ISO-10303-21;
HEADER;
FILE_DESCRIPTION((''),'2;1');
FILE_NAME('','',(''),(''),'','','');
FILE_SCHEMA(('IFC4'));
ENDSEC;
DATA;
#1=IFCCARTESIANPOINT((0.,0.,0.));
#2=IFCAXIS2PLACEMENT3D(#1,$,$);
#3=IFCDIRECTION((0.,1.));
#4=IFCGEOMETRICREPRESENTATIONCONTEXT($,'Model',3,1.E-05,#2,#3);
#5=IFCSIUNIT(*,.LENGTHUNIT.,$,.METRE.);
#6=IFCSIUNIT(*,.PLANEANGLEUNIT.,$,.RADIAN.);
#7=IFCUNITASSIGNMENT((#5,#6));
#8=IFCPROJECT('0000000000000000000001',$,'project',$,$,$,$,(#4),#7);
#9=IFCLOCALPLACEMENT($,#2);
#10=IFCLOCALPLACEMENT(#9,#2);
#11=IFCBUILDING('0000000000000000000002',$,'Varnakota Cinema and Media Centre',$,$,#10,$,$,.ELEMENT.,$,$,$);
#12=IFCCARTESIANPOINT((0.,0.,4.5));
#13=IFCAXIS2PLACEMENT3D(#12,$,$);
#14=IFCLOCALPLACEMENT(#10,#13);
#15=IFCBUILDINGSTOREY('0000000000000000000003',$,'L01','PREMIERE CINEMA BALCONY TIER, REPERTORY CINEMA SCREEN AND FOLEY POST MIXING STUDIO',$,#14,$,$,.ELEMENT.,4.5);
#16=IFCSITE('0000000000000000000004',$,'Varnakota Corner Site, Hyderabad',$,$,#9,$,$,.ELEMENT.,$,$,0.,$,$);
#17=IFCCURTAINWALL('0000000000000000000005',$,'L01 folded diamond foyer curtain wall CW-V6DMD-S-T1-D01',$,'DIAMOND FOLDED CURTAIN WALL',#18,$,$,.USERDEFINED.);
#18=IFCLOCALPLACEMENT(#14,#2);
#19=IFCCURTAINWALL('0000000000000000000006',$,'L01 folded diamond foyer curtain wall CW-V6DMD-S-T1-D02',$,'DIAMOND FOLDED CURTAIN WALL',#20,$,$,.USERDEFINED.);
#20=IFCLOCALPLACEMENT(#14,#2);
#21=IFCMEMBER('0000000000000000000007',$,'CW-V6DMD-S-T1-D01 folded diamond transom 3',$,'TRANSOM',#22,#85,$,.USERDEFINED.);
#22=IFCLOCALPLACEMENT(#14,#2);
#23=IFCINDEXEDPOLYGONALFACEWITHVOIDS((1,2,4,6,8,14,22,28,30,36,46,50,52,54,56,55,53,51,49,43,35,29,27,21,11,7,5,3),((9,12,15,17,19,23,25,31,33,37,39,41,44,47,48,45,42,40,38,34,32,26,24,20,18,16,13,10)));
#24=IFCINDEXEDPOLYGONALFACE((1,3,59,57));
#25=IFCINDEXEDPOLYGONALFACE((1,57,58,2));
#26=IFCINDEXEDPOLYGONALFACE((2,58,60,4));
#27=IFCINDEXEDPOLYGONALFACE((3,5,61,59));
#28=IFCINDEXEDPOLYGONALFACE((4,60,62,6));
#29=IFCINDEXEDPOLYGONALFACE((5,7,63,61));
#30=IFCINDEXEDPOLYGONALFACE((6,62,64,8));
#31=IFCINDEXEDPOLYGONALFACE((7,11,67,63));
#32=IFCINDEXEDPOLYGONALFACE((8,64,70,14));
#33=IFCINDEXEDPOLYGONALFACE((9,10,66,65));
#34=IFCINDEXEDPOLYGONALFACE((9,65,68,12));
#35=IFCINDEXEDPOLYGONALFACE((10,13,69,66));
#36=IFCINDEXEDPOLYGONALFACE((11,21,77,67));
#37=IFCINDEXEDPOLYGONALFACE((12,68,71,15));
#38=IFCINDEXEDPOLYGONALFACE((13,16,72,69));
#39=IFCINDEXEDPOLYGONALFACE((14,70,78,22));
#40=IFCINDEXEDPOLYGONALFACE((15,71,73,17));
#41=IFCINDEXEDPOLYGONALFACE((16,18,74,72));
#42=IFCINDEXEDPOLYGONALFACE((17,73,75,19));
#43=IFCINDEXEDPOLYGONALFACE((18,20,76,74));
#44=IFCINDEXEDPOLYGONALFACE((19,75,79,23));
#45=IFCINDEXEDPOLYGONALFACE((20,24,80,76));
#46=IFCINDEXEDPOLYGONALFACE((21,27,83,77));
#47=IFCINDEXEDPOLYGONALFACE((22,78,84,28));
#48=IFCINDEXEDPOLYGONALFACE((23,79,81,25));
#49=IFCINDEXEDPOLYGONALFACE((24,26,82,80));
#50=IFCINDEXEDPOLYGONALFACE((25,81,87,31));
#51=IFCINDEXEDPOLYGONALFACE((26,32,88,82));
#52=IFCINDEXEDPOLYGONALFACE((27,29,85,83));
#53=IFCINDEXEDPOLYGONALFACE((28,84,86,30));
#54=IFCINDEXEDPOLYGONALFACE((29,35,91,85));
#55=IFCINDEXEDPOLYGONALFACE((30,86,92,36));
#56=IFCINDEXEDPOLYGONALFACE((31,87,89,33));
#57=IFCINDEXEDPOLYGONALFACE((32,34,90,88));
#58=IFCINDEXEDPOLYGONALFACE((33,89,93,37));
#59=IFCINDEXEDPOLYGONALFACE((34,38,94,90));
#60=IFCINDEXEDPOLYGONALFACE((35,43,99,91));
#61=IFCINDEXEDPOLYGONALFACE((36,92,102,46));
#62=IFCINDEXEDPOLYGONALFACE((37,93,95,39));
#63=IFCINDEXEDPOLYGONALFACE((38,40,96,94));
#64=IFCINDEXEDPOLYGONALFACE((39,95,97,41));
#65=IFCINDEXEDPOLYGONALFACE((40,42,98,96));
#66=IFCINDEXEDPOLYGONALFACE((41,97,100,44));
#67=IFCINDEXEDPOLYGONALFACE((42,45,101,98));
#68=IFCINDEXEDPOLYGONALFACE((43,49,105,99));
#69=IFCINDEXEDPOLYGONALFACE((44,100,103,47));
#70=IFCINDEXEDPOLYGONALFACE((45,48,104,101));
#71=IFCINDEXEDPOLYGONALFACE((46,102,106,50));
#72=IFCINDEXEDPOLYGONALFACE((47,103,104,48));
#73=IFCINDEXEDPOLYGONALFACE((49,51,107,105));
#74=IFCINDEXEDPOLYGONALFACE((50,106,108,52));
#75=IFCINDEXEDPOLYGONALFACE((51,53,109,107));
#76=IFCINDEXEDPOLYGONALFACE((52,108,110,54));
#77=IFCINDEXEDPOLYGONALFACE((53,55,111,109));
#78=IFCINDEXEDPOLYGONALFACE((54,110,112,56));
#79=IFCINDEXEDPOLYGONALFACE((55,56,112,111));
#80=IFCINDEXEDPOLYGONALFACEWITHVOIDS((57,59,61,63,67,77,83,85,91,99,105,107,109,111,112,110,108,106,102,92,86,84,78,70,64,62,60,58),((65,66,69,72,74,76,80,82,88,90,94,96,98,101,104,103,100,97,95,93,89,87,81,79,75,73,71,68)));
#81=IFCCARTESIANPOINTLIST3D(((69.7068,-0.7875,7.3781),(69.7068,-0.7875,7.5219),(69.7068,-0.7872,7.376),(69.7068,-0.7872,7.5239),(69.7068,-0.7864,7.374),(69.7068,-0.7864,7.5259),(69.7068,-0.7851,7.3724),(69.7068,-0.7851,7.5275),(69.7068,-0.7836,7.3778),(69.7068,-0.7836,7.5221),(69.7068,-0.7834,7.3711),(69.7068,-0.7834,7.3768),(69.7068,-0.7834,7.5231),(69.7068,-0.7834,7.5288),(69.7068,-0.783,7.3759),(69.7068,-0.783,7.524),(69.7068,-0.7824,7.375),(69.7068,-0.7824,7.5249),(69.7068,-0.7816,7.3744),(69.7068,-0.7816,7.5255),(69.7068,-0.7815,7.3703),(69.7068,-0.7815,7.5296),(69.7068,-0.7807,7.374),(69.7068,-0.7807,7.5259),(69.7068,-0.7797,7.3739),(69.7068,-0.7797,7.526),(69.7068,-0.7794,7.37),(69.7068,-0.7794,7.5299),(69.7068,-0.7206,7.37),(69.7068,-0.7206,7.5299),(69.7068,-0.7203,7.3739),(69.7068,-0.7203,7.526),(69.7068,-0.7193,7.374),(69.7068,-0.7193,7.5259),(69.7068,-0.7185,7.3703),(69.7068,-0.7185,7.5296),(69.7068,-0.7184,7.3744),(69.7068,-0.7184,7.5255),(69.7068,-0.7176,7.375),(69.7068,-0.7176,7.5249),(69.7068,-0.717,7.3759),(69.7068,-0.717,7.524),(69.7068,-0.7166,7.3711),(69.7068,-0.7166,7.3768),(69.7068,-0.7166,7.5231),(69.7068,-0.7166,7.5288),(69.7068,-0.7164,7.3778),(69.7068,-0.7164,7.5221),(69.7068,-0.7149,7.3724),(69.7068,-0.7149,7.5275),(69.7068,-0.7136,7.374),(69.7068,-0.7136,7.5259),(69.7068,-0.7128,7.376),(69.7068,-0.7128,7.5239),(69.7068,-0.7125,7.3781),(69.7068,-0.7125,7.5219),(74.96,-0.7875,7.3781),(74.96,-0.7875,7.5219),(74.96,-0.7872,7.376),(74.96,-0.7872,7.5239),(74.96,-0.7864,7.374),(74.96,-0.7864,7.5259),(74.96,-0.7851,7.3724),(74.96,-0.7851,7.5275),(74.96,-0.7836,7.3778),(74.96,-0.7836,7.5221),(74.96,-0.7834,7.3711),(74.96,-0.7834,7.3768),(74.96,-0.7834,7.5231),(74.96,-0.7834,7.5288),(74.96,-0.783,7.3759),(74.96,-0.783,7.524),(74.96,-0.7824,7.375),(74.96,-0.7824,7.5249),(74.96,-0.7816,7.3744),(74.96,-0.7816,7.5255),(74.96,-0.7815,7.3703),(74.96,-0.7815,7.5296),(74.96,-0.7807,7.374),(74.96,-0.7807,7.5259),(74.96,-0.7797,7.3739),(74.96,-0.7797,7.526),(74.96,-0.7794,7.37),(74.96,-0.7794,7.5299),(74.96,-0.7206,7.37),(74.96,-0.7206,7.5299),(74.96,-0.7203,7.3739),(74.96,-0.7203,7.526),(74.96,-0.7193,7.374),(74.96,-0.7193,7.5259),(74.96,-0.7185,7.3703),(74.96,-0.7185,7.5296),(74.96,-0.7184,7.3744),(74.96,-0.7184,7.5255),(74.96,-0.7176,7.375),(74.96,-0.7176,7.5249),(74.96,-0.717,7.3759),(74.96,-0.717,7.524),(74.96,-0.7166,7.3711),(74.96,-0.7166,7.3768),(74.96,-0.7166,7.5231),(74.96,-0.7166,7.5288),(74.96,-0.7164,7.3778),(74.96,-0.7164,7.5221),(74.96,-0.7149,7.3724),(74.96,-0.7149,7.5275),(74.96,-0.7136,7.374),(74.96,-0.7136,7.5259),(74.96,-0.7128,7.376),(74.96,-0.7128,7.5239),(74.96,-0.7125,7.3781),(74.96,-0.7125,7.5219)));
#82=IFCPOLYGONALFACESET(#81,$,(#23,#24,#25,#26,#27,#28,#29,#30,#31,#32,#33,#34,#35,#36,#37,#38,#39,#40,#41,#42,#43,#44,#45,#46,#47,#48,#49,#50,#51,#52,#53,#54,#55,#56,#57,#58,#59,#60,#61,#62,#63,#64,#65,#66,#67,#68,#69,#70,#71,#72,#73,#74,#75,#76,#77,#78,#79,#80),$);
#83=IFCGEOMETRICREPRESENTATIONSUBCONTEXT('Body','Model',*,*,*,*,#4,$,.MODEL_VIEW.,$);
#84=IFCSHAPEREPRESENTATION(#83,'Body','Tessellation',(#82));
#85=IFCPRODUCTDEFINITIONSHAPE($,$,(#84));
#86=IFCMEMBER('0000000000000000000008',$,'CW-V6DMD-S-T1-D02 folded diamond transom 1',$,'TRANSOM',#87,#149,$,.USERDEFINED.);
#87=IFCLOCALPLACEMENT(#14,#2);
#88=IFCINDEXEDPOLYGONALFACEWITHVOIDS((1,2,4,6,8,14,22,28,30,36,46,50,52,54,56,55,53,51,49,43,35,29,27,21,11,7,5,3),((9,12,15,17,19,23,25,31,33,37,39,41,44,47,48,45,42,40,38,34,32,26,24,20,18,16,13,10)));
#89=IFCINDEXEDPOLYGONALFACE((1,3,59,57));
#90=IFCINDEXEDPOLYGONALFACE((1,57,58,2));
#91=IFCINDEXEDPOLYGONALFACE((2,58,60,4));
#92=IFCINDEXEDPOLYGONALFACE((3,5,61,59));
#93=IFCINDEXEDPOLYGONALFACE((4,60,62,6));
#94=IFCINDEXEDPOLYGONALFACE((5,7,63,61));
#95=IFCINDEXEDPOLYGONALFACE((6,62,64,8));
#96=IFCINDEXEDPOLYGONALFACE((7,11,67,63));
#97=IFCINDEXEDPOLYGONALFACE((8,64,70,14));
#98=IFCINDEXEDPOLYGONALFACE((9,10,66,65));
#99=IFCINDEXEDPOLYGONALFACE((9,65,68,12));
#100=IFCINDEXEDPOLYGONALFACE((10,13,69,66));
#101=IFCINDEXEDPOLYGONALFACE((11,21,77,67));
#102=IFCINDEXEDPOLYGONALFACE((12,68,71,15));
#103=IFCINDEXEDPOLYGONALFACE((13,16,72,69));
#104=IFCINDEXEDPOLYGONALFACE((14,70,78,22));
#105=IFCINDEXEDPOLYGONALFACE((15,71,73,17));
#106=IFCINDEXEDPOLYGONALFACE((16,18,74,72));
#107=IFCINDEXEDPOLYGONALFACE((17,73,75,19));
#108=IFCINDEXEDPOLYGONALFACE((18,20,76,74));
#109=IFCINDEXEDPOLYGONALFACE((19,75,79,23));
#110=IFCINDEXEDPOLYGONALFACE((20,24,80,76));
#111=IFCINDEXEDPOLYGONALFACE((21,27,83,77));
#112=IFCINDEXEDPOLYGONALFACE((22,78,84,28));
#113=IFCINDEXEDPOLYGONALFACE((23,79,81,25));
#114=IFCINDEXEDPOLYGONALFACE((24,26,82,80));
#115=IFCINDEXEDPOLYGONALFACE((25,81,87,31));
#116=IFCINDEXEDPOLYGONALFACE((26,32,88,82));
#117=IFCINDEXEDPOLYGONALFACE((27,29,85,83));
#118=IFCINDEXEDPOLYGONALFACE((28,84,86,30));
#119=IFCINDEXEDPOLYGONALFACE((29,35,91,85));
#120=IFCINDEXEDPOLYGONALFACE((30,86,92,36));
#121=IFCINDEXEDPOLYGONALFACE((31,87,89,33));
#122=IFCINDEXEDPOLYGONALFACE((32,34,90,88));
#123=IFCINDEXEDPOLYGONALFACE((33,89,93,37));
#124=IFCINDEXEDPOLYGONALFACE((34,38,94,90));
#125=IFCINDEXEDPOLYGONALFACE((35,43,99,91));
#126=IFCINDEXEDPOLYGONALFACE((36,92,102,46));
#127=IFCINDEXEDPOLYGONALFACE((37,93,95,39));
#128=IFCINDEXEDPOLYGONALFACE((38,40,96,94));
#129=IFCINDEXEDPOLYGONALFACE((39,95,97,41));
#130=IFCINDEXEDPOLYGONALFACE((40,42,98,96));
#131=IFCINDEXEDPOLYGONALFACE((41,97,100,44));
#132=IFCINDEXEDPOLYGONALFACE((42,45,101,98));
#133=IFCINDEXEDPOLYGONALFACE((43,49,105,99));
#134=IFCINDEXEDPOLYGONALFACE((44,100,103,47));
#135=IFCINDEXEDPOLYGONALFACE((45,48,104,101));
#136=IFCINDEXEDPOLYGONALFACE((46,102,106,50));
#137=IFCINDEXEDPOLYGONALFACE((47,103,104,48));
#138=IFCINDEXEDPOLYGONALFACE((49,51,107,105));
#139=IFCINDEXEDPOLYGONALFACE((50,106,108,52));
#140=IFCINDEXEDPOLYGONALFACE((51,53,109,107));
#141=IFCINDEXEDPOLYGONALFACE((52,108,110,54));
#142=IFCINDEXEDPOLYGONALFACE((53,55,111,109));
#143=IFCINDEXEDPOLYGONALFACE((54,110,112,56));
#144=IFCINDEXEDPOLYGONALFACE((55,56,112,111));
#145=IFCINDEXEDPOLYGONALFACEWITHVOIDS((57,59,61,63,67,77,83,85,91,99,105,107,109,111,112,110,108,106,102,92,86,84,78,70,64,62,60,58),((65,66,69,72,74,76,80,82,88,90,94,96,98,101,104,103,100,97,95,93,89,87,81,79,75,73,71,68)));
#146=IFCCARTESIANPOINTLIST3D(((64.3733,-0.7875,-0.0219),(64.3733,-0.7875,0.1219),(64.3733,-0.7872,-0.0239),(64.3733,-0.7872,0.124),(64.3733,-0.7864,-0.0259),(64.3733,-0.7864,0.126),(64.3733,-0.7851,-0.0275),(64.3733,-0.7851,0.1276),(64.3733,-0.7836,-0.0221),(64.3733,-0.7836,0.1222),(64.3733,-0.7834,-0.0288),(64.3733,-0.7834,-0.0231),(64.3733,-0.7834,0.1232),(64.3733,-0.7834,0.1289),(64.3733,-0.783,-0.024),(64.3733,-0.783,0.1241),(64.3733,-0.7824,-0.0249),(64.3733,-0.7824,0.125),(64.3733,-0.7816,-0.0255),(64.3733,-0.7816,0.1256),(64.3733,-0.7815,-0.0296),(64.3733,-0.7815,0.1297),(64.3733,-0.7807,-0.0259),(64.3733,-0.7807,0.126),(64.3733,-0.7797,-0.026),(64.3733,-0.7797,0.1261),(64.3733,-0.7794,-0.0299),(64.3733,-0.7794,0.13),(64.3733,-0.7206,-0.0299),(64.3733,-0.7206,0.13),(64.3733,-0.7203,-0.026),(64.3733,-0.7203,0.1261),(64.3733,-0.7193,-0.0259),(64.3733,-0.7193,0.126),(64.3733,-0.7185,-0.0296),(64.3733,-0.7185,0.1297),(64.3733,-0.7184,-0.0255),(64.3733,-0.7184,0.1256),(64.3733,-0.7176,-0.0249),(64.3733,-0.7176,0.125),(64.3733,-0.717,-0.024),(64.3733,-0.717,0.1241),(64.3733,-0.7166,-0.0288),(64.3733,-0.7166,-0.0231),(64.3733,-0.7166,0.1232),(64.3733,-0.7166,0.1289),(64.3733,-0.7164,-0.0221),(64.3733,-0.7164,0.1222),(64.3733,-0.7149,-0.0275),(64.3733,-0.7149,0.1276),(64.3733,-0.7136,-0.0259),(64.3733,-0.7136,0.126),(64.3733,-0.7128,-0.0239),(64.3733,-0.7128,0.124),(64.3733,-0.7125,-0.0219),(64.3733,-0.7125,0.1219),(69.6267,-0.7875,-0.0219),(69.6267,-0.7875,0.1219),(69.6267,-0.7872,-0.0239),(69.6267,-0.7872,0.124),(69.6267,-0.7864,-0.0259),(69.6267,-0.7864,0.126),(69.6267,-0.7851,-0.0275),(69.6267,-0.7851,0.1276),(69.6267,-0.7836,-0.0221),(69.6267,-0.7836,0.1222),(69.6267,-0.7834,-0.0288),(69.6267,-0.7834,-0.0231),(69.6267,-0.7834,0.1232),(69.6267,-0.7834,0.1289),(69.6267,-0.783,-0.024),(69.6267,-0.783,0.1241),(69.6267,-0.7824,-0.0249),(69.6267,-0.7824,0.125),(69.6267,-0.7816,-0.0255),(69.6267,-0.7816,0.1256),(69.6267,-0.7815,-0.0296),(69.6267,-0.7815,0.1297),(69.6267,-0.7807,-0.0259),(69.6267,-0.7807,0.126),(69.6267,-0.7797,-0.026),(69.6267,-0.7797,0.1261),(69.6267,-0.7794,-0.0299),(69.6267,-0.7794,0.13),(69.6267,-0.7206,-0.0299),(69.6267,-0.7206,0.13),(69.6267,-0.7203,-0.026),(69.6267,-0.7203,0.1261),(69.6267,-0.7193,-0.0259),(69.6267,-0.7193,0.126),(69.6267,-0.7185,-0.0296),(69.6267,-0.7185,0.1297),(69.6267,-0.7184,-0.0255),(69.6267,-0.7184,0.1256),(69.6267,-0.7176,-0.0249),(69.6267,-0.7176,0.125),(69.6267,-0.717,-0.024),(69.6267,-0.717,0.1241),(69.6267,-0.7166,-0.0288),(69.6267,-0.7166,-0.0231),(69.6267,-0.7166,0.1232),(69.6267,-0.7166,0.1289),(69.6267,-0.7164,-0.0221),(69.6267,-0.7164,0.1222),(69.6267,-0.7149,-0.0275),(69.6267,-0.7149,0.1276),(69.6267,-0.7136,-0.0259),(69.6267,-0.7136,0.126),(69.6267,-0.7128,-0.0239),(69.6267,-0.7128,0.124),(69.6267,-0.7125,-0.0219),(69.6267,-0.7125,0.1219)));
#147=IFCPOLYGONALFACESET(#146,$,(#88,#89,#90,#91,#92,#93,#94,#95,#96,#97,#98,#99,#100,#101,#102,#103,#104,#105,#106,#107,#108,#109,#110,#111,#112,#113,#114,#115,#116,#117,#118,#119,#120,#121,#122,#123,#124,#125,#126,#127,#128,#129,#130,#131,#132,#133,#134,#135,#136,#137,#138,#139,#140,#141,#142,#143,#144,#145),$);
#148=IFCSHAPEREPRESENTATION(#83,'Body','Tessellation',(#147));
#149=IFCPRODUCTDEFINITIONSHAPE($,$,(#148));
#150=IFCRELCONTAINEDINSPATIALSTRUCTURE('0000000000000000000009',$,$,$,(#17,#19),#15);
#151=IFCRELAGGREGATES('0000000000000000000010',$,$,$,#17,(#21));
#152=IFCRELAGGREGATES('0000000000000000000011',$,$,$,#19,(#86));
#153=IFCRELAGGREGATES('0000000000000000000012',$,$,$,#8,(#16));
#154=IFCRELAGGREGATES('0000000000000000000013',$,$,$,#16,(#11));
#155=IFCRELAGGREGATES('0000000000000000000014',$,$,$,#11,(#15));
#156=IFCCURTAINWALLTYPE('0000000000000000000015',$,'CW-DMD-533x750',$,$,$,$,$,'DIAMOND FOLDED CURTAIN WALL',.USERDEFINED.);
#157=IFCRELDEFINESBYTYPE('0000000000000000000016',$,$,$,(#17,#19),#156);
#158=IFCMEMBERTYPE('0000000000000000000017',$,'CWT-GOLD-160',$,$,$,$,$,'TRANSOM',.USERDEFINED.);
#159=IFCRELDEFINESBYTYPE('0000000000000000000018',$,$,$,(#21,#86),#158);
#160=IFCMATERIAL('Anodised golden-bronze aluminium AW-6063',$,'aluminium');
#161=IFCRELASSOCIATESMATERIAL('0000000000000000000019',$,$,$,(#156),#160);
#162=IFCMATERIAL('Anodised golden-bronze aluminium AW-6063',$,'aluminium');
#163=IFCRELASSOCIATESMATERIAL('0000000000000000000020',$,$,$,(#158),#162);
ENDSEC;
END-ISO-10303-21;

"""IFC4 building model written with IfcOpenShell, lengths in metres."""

from ifc_helpers import new_model, si_unit, direction, frame, origin, origin_2d, place, context, subcontext, project, spatial, hollow_rectangle, extrude, material, material_profile, profile_set, type_object, element, aggregate, save


model = new_model("IFC4")

# Units and contexts
model_context = context("Model", 3, precision=1e-05, world=origin(), true_north=direction((0.0, 1.0)))
body_context = subcontext(model_context, "Body", "Model", "MODEL_VIEW")
ifc_project = project(units=[si_unit("LENGTHUNIT", "METRE"), si_unit("PLANEANGLEUNIT", "RADIAN")], contexts=[model_context])

# Site, building, storey
site_placement = place(None, origin())
site = spatial("IfcSite", under=ifc_project, at=site_placement, Name="Varnakota Corner Site, Hyderabad", CompositionType="ELEMENT", RefElevation=0.0)
building_placement = place(site_placement, origin())
building = spatial("IfcBuilding", under=site, at=building_placement, Name="Varnakota Cinema and Media Centre", CompositionType="ELEMENT")
storey_placement = place(building_placement, frame((0.0, 0.0, 4.5)))
storey = spatial("IfcBuildingStorey", under=building, at=storey_placement, Name="L01", Description="PREMIERE CINEMA BALCONY TIER, REPERTORY CINEMA SCREEN AND FOLEY POST MIXING STUDIO", CompositionType="ELEMENT", Elevation=4.5)

# Curtain walls
ifc_material_1 = material(Name="Anodised golden-bronze aluminium AW-6063", Category="aluminium")
curtain_wall_type = type_object("IfcCurtainWallType", Name="CW-DMD-533x750", ElementType="DIAMOND FOLDED CURTAIN WALL", PredefinedType="USERDEFINED", material=ifc_material_1)
curtain_wall_1_placement = place(storey_placement, origin())
curtain_wall_1 = element("IfcCurtainWall", 1, at=curtain_wall_1_placement, inside=storey, type_object=curtain_wall_type, Name="L01 folded diamond foyer curtain wall CW-V6DMD-S-T1-D01", ObjectType="DIAMOND FOLDED CURTAIN WALL", PredefinedType="USERDEFINED")
curtain_wall_2_placement = place(storey_placement, origin())
curtain_wall_2 = element("IfcCurtainWall", 2, at=curtain_wall_2_placement, inside=storey, type_object=curtain_wall_type, Name="L01 folded diamond foyer curtain wall CW-V6DMD-S-T1-D02", ObjectType="DIAMOND FOLDED CURTAIN WALL", PredefinedType="USERDEFINED")

# Members
ifc_material_2 = material(Name="Anodised golden-bronze aluminium AW-6063", Category="aluminium")
ifc_material_profile_1 = material_profile(ifc_material_2, hollow_rectangle(XDim=0.075, YDim=0.1599, WallThickness=0.0039, InnerFilletRadius=0.0039, OuterFilletRadius=0.0081, at=origin_2d()), Name="AL-TRANSOM 160x75x4")
ifc_profile_set_1 = profile_set([ifc_material_profile_1], Name="Anodised golden-bronze aluminium AW-6063")
member_type_1 = type_object("IfcMemberType", Name="CWT-GOLD-160", ElementType="TRANSOM", PredefinedType="USERDEFINED", material=ifc_profile_set_1)
member_1_placement = place(storey_placement, frame((74.96, -0.75, 7.45), z_axis=(-1.0, 0.0, 0.0), x_axis=(0.0, -1.0, 0.0)))
member_1 = element("IfcMember", 3, at=member_1_placement, type_object=member_type_1, Name="CW-V6DMD-S-T1-D01 folded diamond transom 3", ObjectType="TRANSOM", PredefinedType="USERDEFINED", context=body_context, shape_type="SweptSolid", body=[
    extrude(hollow_rectangle(XDim=0.075, YDim=0.1599, WallThickness=0.0039, InnerFilletRadius=0.0039, OuterFilletRadius=0.0081, at=origin_2d()), origin(), (0.0, 0.0, 1.0), 5.2532),
])
member_2_placement = place(storey_placement, frame((69.6267, -0.75, 0.05), z_axis=(-1.0, 0.0, 0.0), x_axis=(0.0, -1.0, 0.0)))
member_2 = element("IfcMember", 4, at=member_2_placement, type_object=member_type_1, Name="CW-V6DMD-S-T1-D02 folded diamond transom 1", ObjectType="TRANSOM", PredefinedType="USERDEFINED", context=body_context, shape_type="SweptSolid", body=[
    extrude(hollow_rectangle(XDim=0.075, YDim=0.1599, WallThickness=0.0039, InnerFilletRadius=0.0039, OuterFilletRadius=0.0081, at=origin_2d()), origin(), (0.0, 0.0, 1.0), 5.2534),
])

aggregate(curtain_wall_1, [member_1])
aggregate(curtain_wall_2, [member_2])

save(model, "model.ifc")
